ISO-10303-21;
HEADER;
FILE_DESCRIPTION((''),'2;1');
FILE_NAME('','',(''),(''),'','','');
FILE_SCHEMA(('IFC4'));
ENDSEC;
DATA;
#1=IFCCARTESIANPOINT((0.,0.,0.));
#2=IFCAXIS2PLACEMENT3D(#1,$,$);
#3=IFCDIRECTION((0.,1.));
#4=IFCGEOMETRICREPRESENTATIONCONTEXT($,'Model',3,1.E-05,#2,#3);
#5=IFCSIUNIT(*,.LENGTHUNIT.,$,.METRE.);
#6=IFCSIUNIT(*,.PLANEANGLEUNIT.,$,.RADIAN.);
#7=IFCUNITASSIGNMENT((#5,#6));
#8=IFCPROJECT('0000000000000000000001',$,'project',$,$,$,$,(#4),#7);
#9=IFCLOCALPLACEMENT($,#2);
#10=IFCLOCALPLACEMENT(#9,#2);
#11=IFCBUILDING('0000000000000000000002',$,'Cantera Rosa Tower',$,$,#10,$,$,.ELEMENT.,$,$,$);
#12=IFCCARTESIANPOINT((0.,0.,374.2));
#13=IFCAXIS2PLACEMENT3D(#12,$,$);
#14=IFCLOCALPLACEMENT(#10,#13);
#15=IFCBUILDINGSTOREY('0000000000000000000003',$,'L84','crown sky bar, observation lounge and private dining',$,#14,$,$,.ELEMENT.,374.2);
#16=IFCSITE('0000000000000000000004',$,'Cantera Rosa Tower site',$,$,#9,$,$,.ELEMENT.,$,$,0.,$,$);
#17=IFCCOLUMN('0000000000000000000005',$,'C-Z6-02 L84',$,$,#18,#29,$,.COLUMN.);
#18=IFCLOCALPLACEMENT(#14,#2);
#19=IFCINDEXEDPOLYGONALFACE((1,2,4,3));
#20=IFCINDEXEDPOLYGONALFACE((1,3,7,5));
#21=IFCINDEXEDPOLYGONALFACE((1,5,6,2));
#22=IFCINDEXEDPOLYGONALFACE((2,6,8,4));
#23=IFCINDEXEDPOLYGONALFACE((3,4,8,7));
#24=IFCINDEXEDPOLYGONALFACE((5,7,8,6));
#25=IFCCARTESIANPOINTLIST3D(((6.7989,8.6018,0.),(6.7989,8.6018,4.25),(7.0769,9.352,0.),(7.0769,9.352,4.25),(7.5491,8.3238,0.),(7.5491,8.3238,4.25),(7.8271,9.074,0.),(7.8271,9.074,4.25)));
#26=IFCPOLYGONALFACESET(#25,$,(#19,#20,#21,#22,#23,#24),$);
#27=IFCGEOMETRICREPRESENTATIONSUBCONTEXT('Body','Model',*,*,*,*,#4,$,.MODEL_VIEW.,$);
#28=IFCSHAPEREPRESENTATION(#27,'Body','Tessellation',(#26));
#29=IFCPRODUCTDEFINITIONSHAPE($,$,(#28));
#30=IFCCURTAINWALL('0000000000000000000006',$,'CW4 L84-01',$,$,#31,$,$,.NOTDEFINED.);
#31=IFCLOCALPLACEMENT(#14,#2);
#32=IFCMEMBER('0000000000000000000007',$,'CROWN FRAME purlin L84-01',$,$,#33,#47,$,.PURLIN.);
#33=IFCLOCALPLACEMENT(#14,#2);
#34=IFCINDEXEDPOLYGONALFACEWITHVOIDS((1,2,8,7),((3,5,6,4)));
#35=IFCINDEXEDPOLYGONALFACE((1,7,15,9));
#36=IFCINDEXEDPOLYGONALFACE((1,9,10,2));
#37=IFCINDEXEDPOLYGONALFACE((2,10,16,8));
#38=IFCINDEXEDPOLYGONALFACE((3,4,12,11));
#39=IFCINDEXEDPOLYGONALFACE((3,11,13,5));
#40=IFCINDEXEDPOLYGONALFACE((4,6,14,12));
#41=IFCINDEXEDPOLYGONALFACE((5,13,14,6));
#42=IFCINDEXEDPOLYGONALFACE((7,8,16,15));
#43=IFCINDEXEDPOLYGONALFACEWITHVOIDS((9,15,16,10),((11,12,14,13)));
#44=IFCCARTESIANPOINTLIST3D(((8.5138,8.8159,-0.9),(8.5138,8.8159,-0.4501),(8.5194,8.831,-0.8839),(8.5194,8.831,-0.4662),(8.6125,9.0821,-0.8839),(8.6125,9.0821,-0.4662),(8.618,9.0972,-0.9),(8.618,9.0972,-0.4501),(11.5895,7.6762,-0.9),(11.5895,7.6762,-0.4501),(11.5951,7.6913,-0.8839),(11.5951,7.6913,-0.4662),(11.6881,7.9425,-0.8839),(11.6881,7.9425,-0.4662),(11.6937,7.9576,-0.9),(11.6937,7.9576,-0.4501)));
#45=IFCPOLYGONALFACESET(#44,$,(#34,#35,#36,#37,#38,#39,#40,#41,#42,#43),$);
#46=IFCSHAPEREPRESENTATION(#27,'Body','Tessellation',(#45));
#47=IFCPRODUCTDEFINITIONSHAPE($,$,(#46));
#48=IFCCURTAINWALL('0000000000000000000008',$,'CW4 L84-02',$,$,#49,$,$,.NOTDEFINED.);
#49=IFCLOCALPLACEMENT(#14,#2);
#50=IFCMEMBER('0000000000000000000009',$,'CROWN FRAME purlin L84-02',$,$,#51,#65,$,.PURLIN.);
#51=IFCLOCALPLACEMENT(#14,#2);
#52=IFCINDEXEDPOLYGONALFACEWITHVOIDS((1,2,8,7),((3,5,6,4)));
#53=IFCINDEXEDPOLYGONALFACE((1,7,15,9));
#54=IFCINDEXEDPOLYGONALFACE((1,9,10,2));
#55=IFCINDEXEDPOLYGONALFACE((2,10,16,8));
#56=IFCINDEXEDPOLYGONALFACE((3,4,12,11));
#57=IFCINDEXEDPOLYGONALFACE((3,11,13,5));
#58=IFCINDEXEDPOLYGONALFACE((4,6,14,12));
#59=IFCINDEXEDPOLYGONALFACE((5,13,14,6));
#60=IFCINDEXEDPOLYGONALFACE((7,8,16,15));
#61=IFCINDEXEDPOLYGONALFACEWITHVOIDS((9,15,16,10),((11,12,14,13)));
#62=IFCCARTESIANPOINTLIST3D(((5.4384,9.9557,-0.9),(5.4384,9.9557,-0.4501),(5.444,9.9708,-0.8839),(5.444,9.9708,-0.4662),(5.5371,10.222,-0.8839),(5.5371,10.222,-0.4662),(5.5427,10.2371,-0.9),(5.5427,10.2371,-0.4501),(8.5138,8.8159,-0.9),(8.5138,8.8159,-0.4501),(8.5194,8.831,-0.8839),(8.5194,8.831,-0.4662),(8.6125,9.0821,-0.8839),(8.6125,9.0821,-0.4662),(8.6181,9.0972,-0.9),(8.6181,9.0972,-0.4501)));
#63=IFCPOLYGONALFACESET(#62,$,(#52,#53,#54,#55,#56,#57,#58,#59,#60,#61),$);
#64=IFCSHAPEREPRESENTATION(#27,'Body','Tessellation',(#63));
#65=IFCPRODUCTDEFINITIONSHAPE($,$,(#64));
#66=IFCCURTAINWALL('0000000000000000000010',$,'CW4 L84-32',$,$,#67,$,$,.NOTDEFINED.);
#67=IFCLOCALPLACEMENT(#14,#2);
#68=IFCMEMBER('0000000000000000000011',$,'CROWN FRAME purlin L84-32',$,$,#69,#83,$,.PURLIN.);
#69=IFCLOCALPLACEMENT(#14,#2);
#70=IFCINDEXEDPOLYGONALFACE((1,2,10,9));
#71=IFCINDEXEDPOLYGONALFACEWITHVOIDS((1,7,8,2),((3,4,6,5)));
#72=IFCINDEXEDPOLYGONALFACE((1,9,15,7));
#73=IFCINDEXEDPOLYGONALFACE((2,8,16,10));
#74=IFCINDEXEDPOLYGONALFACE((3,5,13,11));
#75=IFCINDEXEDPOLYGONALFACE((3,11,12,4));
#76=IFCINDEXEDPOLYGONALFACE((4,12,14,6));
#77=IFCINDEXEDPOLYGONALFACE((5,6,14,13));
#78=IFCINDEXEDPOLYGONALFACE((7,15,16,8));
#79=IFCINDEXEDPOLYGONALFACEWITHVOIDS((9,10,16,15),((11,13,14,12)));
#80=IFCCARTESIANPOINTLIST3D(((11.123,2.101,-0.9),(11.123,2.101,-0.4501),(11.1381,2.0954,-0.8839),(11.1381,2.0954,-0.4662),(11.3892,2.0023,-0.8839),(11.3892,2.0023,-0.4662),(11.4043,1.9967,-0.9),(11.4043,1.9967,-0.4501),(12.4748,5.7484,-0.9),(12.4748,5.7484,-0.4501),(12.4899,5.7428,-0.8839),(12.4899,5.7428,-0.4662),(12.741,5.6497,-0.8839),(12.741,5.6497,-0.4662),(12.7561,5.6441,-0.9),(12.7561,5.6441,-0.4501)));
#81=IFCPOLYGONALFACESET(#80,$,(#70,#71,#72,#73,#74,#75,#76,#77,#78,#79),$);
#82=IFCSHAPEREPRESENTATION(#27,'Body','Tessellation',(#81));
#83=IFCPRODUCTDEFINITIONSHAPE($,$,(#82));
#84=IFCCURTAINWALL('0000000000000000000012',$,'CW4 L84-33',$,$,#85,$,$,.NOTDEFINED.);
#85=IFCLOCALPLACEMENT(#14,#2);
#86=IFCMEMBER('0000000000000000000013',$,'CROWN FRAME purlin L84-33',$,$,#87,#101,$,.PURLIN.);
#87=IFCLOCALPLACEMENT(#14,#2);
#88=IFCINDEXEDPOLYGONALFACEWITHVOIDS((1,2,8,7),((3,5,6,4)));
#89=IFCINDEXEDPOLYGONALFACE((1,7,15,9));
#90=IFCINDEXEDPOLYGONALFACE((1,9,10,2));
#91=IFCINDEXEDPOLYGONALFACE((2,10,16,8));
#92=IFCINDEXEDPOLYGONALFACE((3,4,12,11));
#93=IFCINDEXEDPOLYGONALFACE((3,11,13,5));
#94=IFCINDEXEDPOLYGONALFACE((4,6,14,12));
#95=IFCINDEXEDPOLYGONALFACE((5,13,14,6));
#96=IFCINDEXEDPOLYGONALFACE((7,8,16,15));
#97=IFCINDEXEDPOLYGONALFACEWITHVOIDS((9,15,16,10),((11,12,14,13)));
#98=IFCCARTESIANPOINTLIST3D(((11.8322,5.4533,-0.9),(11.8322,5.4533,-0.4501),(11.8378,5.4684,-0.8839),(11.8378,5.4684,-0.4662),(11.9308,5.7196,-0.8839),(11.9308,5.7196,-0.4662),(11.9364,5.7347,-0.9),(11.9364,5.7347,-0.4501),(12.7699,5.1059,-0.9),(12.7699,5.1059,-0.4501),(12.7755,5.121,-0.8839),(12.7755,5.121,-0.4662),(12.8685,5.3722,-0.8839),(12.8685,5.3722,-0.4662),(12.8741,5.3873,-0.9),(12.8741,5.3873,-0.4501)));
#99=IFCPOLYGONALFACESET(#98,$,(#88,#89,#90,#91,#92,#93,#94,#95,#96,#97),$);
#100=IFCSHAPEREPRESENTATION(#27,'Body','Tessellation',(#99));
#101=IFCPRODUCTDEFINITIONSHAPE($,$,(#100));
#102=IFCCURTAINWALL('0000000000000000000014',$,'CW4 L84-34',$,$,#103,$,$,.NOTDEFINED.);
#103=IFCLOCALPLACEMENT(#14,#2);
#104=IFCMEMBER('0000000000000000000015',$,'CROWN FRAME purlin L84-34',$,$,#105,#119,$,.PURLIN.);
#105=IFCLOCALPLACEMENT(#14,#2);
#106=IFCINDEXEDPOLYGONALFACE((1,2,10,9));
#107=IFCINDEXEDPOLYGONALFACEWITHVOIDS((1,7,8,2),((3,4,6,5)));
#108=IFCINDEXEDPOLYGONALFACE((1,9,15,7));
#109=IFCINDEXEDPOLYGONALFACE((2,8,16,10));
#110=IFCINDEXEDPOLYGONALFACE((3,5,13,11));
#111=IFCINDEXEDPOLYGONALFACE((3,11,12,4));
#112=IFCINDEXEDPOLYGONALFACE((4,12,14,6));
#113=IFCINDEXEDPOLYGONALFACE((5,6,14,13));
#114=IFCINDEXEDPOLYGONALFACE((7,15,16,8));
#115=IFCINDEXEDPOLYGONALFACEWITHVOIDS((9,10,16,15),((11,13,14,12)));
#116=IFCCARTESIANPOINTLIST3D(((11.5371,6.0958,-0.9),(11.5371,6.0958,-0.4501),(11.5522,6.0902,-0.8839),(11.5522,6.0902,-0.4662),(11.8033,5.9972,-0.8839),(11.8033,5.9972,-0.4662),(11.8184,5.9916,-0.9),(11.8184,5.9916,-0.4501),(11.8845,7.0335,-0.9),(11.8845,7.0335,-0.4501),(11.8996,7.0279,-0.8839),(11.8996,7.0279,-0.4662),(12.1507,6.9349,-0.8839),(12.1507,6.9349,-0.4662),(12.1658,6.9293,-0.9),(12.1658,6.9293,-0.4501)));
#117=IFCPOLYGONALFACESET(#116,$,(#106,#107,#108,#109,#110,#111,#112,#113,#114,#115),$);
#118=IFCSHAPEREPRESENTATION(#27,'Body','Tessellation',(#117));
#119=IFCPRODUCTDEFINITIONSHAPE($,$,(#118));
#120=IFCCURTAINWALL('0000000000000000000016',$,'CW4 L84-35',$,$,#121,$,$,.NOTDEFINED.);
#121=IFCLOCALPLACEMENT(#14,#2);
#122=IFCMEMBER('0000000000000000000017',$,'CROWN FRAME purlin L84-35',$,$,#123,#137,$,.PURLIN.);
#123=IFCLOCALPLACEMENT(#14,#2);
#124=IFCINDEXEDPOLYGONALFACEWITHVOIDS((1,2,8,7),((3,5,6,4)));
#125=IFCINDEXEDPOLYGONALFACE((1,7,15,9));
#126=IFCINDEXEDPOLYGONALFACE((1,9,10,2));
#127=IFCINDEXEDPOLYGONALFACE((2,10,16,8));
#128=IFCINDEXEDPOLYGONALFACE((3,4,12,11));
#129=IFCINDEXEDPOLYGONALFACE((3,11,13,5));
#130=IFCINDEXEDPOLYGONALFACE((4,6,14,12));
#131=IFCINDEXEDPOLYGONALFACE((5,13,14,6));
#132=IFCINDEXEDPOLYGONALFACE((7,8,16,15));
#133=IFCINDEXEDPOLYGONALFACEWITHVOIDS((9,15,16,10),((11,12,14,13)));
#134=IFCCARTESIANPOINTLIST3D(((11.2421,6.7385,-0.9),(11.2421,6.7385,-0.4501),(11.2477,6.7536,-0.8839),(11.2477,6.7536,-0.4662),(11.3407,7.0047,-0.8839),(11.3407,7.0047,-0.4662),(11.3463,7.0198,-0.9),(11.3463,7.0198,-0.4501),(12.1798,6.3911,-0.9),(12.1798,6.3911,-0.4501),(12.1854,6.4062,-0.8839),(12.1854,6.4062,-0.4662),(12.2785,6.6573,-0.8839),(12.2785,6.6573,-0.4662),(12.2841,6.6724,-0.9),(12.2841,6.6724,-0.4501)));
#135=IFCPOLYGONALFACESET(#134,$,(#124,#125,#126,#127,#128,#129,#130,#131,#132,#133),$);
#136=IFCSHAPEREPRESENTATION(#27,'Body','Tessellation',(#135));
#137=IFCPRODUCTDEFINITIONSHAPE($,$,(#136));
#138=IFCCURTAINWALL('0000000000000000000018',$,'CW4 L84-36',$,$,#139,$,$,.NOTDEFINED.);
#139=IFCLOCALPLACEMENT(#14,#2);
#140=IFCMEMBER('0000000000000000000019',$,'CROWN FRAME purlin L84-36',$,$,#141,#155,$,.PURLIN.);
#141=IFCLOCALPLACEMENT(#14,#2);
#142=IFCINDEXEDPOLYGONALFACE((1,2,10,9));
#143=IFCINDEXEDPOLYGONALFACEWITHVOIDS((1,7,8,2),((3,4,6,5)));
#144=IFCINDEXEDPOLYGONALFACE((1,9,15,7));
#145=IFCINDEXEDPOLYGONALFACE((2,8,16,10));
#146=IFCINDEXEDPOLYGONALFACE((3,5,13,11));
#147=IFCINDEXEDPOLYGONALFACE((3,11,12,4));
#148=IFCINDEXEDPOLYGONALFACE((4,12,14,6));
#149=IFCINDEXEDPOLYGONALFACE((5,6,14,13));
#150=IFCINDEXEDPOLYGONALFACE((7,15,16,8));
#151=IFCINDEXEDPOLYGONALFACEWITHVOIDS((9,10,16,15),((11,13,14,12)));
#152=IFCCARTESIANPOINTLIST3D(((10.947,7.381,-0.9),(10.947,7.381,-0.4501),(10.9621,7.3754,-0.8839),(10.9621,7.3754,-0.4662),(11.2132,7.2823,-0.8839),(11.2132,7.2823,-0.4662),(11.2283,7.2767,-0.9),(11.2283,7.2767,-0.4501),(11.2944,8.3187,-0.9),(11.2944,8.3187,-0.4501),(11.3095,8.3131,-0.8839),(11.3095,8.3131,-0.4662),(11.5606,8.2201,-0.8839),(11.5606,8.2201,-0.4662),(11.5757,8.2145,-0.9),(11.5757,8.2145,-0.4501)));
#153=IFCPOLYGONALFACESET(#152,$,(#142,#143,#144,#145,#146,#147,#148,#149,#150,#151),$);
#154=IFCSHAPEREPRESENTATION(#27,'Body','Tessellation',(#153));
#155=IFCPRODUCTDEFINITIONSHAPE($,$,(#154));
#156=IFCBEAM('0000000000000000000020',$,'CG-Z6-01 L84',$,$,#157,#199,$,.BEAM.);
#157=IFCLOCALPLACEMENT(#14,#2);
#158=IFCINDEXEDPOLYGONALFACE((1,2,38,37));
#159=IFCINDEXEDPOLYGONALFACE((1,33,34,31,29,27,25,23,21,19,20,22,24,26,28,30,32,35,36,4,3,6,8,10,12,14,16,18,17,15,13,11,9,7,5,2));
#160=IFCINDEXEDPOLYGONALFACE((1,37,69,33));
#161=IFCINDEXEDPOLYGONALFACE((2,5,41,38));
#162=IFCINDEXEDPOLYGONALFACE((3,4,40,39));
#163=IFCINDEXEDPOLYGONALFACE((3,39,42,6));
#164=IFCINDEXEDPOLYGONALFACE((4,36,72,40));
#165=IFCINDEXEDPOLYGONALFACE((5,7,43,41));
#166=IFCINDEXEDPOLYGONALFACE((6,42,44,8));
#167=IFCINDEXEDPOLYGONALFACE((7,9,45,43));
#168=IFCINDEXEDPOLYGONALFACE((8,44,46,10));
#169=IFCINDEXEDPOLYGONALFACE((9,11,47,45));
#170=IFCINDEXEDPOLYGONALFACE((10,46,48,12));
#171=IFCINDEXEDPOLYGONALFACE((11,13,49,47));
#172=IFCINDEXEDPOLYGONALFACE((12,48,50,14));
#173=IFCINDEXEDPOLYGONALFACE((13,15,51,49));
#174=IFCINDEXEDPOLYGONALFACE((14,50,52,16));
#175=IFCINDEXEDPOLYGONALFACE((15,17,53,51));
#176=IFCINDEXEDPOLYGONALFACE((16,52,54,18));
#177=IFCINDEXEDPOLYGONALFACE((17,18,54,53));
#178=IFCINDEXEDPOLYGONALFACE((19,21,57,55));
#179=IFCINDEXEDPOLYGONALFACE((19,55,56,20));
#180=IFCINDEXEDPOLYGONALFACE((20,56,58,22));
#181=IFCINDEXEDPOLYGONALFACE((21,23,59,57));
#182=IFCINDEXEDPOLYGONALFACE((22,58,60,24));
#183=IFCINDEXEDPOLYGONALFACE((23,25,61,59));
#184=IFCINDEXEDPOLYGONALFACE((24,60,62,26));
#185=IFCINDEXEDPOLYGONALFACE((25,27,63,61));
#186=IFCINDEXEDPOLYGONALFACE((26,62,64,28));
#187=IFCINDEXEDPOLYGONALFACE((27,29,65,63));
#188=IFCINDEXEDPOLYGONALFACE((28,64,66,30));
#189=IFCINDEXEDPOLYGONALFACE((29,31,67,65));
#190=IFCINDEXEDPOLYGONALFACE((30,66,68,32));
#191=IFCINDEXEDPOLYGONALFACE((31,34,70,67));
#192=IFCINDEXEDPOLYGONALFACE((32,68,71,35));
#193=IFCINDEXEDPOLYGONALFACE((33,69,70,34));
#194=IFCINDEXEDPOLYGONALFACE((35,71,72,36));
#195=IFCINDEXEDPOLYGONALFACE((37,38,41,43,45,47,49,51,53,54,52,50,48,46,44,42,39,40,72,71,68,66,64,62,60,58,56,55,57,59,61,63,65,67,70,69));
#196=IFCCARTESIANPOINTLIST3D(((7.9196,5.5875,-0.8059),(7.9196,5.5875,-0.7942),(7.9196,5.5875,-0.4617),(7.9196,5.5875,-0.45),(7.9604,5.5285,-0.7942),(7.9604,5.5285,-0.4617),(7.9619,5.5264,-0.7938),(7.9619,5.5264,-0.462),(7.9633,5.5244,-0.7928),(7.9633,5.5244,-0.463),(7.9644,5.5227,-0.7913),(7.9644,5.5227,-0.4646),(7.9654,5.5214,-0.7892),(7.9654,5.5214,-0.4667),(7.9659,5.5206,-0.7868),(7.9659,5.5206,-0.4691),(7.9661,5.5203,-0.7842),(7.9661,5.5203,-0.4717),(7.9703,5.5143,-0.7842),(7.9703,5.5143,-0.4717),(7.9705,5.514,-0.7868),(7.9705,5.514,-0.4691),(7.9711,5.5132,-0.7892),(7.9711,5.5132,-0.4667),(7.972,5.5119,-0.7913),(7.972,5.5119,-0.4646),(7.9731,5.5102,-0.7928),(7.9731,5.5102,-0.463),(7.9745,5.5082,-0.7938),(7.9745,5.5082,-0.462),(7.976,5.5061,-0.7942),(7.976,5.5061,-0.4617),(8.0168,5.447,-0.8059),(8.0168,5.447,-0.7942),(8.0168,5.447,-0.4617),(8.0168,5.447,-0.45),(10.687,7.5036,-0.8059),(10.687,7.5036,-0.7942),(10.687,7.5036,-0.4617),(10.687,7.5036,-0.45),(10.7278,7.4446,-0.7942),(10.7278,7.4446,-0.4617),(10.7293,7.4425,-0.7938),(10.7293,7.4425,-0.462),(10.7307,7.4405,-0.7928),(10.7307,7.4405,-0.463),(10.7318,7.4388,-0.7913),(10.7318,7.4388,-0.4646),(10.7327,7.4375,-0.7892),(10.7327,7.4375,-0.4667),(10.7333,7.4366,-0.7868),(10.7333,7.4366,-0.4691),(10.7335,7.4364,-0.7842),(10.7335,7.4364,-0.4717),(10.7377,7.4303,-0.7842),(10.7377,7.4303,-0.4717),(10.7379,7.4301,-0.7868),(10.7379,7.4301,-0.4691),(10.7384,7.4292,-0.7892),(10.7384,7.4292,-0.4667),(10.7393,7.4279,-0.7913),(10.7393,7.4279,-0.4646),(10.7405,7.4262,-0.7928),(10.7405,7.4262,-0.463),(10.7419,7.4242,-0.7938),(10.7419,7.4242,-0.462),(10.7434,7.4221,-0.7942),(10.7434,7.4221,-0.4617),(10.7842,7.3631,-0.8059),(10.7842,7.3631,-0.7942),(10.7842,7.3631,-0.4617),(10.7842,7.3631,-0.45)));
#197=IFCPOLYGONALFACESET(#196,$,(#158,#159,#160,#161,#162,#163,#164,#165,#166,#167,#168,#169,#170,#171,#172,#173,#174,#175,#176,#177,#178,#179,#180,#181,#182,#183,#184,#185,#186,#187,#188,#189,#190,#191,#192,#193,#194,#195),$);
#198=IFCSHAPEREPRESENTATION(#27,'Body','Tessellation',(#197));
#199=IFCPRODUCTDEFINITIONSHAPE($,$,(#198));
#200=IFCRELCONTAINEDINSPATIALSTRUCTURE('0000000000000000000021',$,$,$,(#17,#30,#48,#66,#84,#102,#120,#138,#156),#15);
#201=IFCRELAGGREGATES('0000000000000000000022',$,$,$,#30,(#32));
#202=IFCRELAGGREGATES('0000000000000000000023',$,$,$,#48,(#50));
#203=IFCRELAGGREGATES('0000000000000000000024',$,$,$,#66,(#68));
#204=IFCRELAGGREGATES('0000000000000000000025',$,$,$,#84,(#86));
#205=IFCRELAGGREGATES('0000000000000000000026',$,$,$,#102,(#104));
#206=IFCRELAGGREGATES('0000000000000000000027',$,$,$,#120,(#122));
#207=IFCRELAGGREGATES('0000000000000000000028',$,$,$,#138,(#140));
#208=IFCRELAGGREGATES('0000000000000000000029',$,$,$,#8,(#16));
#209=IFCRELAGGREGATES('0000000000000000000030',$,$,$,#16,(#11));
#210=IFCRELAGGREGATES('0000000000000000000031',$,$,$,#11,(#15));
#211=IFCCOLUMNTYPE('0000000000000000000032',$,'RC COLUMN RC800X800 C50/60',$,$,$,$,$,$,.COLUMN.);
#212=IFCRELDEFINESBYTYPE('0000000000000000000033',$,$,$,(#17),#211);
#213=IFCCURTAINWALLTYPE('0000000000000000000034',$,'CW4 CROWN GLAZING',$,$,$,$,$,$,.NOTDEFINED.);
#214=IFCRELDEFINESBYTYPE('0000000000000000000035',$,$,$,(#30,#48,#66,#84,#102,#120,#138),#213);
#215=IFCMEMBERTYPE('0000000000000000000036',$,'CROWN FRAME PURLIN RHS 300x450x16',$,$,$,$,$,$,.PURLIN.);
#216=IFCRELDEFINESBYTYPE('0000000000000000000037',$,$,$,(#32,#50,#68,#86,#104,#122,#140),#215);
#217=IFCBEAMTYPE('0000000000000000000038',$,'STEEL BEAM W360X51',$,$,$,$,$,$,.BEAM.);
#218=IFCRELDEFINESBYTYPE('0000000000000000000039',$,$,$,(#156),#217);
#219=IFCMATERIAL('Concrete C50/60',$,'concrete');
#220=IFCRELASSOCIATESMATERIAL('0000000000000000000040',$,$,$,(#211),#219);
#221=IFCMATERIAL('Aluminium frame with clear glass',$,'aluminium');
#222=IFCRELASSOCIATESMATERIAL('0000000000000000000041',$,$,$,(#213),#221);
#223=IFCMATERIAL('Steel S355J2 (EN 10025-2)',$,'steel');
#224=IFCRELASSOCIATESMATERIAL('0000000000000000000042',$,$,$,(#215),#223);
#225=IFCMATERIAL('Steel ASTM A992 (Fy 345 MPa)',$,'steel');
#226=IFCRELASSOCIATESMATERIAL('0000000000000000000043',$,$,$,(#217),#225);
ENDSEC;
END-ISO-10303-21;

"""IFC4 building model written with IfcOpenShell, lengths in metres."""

from ifc_helpers import new_model, si_unit, direction, frame, origin, origin_2d, place, context, subcontext, project, spatial, rectangle, hollow_rectangle, i_section, extrude, material, material_profile, profile_set, type_object, element, aggregate, save


model = new_model("IFC4")

# Units and contexts
model_context = context("Model", 3, precision=1e-05, world=origin(), true_north=direction((0.0, 1.0)))
body_context = subcontext(model_context, "Body", "Model", "MODEL_VIEW")
ifc_project = project(units=[si_unit("LENGTHUNIT", "METRE"), si_unit("PLANEANGLEUNIT", "RADIAN")], contexts=[model_context])

# Site, building, storey
site_placement = place(None, origin())
site = spatial("IfcSite", under=ifc_project, at=site_placement, Name="Cantera Rosa Tower site", CompositionType="ELEMENT", RefElevation=0.0)
building_placement = place(site_placement, origin())
building = spatial("IfcBuilding", under=site, at=building_placement, Name="Cantera Rosa Tower", CompositionType="ELEMENT")
storey_placement = place(building_placement, frame((0.0, 0.0, 374.2)))
storey = spatial("IfcBuildingStorey", under=building, at=storey_placement, Name="L84", Description="crown sky bar, observation lounge and private dining", CompositionType="ELEMENT", Elevation=374.2)

# Column
ifc_material_1 = material(Name="Concrete C50/60", Category="concrete")
ifc_material_profile_1 = material_profile(ifc_material_1, rectangle(XDim=0.8, YDim=0.8, at=origin_2d()), Name="RC COLUMN RC800X800 C50/60")
ifc_profile_set_1 = profile_set([ifc_material_profile_1], Name="Concrete C50/60")
column_type = type_object("IfcColumnType", Name="RC COLUMN RC800X800 C50/60", PredefinedType="COLUMN", material=ifc_profile_set_1)
column_placement = place(storey_placement, frame((7.313, 8.8379, 0.0), z_axis=(0.0, 0.0, 1.0), x_axis=(0.347481, 0.937687, 0.0)))
element("IfcColumn", 1, at=column_placement, inside=storey, type_object=column_type, Name="C-Z6-02 L84", PredefinedType="COLUMN", context=body_context, shape_type="SweptSolid", body=[
    extrude(rectangle(XDim=0.8, YDim=0.8, at=origin_2d()), origin(), (0.0, 0.0, 1.0), 4.25),
])

# Curtain walls, members
ifc_material_2 = material(Name="Aluminium frame with clear glass", Category="aluminium")
curtain_wall_type = type_object("IfcCurtainWallType", Name="CW4 CROWN GLAZING", PredefinedType="NOTDEFINED", material=ifc_material_2)
curtain_wall_1_placement = place(storey_placement, origin())
curtain_wall_1 = element("IfcCurtainWall", 2, at=curtain_wall_1_placement, inside=storey, type_object=curtain_wall_type, Name="CW4 L84-01", PredefinedType="NOTDEFINED")
ifc_material_3 = material(Name="Steel S355J2 (EN 10025-2)", Category="steel")
ifc_material_profile_2 = material_profile(ifc_material_3, hollow_rectangle(XDim=0.3, YDim=0.45, WallThickness=0.0161, at=origin_2d()), Name="CROWN FRAME PURLIN RHS 300x450x16")
ifc_profile_set_2 = profile_set([ifc_material_profile_2], Name="Steel S355J2 (EN 10025-2)")
member_type = type_object("IfcMemberType", Name="CROWN FRAME PURLIN RHS 300x450x16", PredefinedType="PURLIN", material=ifc_profile_set_2)
member_1_placement = place(storey_placement, frame((11.6416, 7.8169, -0.675), z_axis=(-0.937698, 0.34745, 0.0), x_axis=(-0.34745, -0.937698, 0.0)))
member_1 = element("IfcMember", 3, at=member_1_placement, type_object=member_type, Name="CROWN FRAME purlin L84-01", PredefinedType="PURLIN", context=body_context, shape_type="SweptSolid", body=[
    extrude(hollow_rectangle(XDim=0.3, YDim=0.45, WallThickness=0.0161, at=origin_2d()), origin(), (0.0, 0.0, 1.0), 3.28),
])
curtain_wall_2_placement = place(storey_placement, origin())
curtain_wall_2 = element("IfcCurtainWall", 4, at=curtain_wall_2_placement, inside=storey, type_object=curtain_wall_type, Name="CW4 L84-02", PredefinedType="NOTDEFINED")
member_2_placement = place(storey_placement, frame((8.5659, 8.9565, -0.675), z_axis=(-0.937665, 0.34754, 0.0), x_axis=(-0.34754, -0.937665, 0.0)))
member_2 = element("IfcMember", 5, at=member_2_placement, type_object=member_type, Name="CROWN FRAME purlin L84-02", PredefinedType="PURLIN", context=body_context, shape_type="SweptSolid", body=[
    extrude(hollow_rectangle(XDim=0.3, YDim=0.45, WallThickness=0.0161, at=origin_2d()), origin(), (0.0, 0.0, 1.0), 3.2798),
])
curtain_wall_3_placement = place(storey_placement, origin())
curtain_wall_3 = element("IfcCurtainWall", 6, at=curtain_wall_3_placement, inside=storey, type_object=curtain_wall_type, Name="CW4 L84-32", PredefinedType="NOTDEFINED")
member_3_placement = place(storey_placement, frame((11.2637, 2.0488, -0.675), z_axis=(0.347517, 0.937674, 0.0), x_axis=(-0.937674, 0.347517, 0.0)))
member_3 = element("IfcMember", 7, at=member_3_placement, type_object=member_type, Name="CROWN FRAME purlin L84-32", PredefinedType="PURLIN", context=body_context, shape_type="SweptSolid", body=[
    extrude(hollow_rectangle(XDim=0.3, YDim=0.45, WallThickness=0.0161, at=origin_2d()), origin(), (0.0, 0.0, 1.0), 3.8899),
])
curtain_wall_4_placement = place(storey_placement, origin())
curtain_wall_4 = element("IfcCurtainWall", 8, at=curtain_wall_4_placement, inside=storey, type_object=curtain_wall_type, Name="CW4 L84-33", PredefinedType="NOTDEFINED")
member_4_placement = place(storey_placement, frame((12.822, 5.2466, -0.675), z_axis=(-0.937716, 0.347402, 0.0), x_axis=(-0.347402, -0.937716, 0.0)))
member_4 = element("IfcMember", 9, at=member_4_placement, type_object=member_type, Name="CROWN FRAME purlin L84-33", PredefinedType="PURLIN", context=body_context, shape_type="SweptSolid", body=[
    extrude(hollow_rectangle(XDim=0.3, YDim=0.45, WallThickness=0.0161, at=origin_2d()), origin(), (0.0, 0.0, 1.0), 1.0),
])
curtain_wall_5_placement = place(storey_placement, origin())
curtain_wall_5 = element("IfcCurtainWall", 10, at=curtain_wall_5_placement, inside=storey, type_object=curtain_wall_type, Name="CW4 L84-34", PredefinedType="NOTDEFINED")
member_5_placement = place(storey_placement, frame((11.6777, 6.0437, -0.675), z_axis=(0.347402, 0.937716, 0.0), x_axis=(-0.937716, 0.347402, 0.0)))
member_5 = element("IfcMember", 11, at=member_5_placement, type_object=member_type, Name="CROWN FRAME purlin L84-34", PredefinedType="PURLIN", context=body_context, shape_type="SweptSolid", body=[
    extrude(hollow_rectangle(XDim=0.3, YDim=0.45, WallThickness=0.0161, at=origin_2d()), origin(), (0.0, 0.0, 1.0), 1.0),
])
curtain_wall_6_placement = place(storey_placement, origin())
curtain_wall_6 = element("IfcCurtainWall", 12, at=curtain_wall_6_placement, inside=storey, type_object=curtain_wall_type, Name="CW4 L84-35", PredefinedType="NOTDEFINED")
member_6_placement = place(storey_placement, frame((12.2319, 6.5317, -0.675), z_axis=(-0.937716, 0.347402, 0.0), x_axis=(-0.347402, -0.937716, 0.0)))
member_6 = element("IfcMember", 13, at=member_6_placement, type_object=member_type, Name="CROWN FRAME purlin L84-35", PredefinedType="PURLIN", context=body_context, shape_type="SweptSolid", body=[
    extrude(hollow_rectangle(XDim=0.3, YDim=0.45, WallThickness=0.0161, at=origin_2d()), origin(), (0.0, 0.0, 1.0), 1.0),
])
curtain_wall_7_placement = place(storey_placement, origin())
curtain_wall_7 = element("IfcCurtainWall", 14, at=curtain_wall_7_placement, inside=storey, type_object=curtain_wall_type, Name="CW4 L84-36", PredefinedType="NOTDEFINED")
member_7_placement = place(storey_placement, frame((11.0876, 7.3289, -0.675), z_axis=(0.347402, 0.937716, 0.0), x_axis=(-0.937716, 0.347402, 0.0)))
member_7 = element("IfcMember", 15, at=member_7_placement, type_object=member_type, Name="CROWN FRAME purlin L84-36", PredefinedType="PURLIN", context=body_context, shape_type="SweptSolid", body=[
    extrude(hollow_rectangle(XDim=0.3, YDim=0.45, WallThickness=0.0161, at=origin_2d()), origin(), (0.0, 0.0, 1.0), 1.0),
])

# Beam
ifc_material_4 = material(Name="Steel ASTM A992 (Fy 345 MPa)", Category="steel")
ifc_material_profile_3 = material_profile(ifc_material_4, i_section(OverallWidth=0.1709, OverallDepth=0.356, WebThickness=0.0073, FlangeThickness=0.0117, FilletRadius=0.01, at=origin_2d()), Name="W360X51")
ifc_profile_set_3 = profile_set([ifc_material_profile_3], Name="Steel ASTM A992 (Fy 345 MPa)")
beam_type_1 = type_object("IfcBeamType", Name="STEEL BEAM W360X51", PredefinedType="BEAM", material=ifc_profile_set_3)
beam_1_placement = place(storey_placement, frame((10.7356, 7.4333, -0.6279), z_axis=(-0.822169, -0.569244, 0.0), x_axis=(0.569244, -0.822169, 0.0)))
element("IfcBeam", 16, at=beam_1_placement, inside=storey, type_object=beam_type_1, Name="CG-Z6-01 L84", PredefinedType="BEAM", context=body_context, shape_type="SweptSolid", body=[
    extrude(i_section(OverallWidth=0.1709, OverallDepth=0.356, WebThickness=0.0073, FlangeThickness=0.0117, FilletRadius=0.01, at=origin_2d()), origin(), (0.0, 0.0, 1.0), 3.366),
])

aggregate(curtain_wall_1, [member_1])
aggregate(curtain_wall_2, [member_2])

aggregate(curtain_wall_3, [member_3])
aggregate(curtain_wall_4, [member_4])
aggregate(curtain_wall_5, [member_5])
aggregate(curtain_wall_6, [member_6])
aggregate(curtain_wall_7, [member_7])

save(model, "model.ifc")
